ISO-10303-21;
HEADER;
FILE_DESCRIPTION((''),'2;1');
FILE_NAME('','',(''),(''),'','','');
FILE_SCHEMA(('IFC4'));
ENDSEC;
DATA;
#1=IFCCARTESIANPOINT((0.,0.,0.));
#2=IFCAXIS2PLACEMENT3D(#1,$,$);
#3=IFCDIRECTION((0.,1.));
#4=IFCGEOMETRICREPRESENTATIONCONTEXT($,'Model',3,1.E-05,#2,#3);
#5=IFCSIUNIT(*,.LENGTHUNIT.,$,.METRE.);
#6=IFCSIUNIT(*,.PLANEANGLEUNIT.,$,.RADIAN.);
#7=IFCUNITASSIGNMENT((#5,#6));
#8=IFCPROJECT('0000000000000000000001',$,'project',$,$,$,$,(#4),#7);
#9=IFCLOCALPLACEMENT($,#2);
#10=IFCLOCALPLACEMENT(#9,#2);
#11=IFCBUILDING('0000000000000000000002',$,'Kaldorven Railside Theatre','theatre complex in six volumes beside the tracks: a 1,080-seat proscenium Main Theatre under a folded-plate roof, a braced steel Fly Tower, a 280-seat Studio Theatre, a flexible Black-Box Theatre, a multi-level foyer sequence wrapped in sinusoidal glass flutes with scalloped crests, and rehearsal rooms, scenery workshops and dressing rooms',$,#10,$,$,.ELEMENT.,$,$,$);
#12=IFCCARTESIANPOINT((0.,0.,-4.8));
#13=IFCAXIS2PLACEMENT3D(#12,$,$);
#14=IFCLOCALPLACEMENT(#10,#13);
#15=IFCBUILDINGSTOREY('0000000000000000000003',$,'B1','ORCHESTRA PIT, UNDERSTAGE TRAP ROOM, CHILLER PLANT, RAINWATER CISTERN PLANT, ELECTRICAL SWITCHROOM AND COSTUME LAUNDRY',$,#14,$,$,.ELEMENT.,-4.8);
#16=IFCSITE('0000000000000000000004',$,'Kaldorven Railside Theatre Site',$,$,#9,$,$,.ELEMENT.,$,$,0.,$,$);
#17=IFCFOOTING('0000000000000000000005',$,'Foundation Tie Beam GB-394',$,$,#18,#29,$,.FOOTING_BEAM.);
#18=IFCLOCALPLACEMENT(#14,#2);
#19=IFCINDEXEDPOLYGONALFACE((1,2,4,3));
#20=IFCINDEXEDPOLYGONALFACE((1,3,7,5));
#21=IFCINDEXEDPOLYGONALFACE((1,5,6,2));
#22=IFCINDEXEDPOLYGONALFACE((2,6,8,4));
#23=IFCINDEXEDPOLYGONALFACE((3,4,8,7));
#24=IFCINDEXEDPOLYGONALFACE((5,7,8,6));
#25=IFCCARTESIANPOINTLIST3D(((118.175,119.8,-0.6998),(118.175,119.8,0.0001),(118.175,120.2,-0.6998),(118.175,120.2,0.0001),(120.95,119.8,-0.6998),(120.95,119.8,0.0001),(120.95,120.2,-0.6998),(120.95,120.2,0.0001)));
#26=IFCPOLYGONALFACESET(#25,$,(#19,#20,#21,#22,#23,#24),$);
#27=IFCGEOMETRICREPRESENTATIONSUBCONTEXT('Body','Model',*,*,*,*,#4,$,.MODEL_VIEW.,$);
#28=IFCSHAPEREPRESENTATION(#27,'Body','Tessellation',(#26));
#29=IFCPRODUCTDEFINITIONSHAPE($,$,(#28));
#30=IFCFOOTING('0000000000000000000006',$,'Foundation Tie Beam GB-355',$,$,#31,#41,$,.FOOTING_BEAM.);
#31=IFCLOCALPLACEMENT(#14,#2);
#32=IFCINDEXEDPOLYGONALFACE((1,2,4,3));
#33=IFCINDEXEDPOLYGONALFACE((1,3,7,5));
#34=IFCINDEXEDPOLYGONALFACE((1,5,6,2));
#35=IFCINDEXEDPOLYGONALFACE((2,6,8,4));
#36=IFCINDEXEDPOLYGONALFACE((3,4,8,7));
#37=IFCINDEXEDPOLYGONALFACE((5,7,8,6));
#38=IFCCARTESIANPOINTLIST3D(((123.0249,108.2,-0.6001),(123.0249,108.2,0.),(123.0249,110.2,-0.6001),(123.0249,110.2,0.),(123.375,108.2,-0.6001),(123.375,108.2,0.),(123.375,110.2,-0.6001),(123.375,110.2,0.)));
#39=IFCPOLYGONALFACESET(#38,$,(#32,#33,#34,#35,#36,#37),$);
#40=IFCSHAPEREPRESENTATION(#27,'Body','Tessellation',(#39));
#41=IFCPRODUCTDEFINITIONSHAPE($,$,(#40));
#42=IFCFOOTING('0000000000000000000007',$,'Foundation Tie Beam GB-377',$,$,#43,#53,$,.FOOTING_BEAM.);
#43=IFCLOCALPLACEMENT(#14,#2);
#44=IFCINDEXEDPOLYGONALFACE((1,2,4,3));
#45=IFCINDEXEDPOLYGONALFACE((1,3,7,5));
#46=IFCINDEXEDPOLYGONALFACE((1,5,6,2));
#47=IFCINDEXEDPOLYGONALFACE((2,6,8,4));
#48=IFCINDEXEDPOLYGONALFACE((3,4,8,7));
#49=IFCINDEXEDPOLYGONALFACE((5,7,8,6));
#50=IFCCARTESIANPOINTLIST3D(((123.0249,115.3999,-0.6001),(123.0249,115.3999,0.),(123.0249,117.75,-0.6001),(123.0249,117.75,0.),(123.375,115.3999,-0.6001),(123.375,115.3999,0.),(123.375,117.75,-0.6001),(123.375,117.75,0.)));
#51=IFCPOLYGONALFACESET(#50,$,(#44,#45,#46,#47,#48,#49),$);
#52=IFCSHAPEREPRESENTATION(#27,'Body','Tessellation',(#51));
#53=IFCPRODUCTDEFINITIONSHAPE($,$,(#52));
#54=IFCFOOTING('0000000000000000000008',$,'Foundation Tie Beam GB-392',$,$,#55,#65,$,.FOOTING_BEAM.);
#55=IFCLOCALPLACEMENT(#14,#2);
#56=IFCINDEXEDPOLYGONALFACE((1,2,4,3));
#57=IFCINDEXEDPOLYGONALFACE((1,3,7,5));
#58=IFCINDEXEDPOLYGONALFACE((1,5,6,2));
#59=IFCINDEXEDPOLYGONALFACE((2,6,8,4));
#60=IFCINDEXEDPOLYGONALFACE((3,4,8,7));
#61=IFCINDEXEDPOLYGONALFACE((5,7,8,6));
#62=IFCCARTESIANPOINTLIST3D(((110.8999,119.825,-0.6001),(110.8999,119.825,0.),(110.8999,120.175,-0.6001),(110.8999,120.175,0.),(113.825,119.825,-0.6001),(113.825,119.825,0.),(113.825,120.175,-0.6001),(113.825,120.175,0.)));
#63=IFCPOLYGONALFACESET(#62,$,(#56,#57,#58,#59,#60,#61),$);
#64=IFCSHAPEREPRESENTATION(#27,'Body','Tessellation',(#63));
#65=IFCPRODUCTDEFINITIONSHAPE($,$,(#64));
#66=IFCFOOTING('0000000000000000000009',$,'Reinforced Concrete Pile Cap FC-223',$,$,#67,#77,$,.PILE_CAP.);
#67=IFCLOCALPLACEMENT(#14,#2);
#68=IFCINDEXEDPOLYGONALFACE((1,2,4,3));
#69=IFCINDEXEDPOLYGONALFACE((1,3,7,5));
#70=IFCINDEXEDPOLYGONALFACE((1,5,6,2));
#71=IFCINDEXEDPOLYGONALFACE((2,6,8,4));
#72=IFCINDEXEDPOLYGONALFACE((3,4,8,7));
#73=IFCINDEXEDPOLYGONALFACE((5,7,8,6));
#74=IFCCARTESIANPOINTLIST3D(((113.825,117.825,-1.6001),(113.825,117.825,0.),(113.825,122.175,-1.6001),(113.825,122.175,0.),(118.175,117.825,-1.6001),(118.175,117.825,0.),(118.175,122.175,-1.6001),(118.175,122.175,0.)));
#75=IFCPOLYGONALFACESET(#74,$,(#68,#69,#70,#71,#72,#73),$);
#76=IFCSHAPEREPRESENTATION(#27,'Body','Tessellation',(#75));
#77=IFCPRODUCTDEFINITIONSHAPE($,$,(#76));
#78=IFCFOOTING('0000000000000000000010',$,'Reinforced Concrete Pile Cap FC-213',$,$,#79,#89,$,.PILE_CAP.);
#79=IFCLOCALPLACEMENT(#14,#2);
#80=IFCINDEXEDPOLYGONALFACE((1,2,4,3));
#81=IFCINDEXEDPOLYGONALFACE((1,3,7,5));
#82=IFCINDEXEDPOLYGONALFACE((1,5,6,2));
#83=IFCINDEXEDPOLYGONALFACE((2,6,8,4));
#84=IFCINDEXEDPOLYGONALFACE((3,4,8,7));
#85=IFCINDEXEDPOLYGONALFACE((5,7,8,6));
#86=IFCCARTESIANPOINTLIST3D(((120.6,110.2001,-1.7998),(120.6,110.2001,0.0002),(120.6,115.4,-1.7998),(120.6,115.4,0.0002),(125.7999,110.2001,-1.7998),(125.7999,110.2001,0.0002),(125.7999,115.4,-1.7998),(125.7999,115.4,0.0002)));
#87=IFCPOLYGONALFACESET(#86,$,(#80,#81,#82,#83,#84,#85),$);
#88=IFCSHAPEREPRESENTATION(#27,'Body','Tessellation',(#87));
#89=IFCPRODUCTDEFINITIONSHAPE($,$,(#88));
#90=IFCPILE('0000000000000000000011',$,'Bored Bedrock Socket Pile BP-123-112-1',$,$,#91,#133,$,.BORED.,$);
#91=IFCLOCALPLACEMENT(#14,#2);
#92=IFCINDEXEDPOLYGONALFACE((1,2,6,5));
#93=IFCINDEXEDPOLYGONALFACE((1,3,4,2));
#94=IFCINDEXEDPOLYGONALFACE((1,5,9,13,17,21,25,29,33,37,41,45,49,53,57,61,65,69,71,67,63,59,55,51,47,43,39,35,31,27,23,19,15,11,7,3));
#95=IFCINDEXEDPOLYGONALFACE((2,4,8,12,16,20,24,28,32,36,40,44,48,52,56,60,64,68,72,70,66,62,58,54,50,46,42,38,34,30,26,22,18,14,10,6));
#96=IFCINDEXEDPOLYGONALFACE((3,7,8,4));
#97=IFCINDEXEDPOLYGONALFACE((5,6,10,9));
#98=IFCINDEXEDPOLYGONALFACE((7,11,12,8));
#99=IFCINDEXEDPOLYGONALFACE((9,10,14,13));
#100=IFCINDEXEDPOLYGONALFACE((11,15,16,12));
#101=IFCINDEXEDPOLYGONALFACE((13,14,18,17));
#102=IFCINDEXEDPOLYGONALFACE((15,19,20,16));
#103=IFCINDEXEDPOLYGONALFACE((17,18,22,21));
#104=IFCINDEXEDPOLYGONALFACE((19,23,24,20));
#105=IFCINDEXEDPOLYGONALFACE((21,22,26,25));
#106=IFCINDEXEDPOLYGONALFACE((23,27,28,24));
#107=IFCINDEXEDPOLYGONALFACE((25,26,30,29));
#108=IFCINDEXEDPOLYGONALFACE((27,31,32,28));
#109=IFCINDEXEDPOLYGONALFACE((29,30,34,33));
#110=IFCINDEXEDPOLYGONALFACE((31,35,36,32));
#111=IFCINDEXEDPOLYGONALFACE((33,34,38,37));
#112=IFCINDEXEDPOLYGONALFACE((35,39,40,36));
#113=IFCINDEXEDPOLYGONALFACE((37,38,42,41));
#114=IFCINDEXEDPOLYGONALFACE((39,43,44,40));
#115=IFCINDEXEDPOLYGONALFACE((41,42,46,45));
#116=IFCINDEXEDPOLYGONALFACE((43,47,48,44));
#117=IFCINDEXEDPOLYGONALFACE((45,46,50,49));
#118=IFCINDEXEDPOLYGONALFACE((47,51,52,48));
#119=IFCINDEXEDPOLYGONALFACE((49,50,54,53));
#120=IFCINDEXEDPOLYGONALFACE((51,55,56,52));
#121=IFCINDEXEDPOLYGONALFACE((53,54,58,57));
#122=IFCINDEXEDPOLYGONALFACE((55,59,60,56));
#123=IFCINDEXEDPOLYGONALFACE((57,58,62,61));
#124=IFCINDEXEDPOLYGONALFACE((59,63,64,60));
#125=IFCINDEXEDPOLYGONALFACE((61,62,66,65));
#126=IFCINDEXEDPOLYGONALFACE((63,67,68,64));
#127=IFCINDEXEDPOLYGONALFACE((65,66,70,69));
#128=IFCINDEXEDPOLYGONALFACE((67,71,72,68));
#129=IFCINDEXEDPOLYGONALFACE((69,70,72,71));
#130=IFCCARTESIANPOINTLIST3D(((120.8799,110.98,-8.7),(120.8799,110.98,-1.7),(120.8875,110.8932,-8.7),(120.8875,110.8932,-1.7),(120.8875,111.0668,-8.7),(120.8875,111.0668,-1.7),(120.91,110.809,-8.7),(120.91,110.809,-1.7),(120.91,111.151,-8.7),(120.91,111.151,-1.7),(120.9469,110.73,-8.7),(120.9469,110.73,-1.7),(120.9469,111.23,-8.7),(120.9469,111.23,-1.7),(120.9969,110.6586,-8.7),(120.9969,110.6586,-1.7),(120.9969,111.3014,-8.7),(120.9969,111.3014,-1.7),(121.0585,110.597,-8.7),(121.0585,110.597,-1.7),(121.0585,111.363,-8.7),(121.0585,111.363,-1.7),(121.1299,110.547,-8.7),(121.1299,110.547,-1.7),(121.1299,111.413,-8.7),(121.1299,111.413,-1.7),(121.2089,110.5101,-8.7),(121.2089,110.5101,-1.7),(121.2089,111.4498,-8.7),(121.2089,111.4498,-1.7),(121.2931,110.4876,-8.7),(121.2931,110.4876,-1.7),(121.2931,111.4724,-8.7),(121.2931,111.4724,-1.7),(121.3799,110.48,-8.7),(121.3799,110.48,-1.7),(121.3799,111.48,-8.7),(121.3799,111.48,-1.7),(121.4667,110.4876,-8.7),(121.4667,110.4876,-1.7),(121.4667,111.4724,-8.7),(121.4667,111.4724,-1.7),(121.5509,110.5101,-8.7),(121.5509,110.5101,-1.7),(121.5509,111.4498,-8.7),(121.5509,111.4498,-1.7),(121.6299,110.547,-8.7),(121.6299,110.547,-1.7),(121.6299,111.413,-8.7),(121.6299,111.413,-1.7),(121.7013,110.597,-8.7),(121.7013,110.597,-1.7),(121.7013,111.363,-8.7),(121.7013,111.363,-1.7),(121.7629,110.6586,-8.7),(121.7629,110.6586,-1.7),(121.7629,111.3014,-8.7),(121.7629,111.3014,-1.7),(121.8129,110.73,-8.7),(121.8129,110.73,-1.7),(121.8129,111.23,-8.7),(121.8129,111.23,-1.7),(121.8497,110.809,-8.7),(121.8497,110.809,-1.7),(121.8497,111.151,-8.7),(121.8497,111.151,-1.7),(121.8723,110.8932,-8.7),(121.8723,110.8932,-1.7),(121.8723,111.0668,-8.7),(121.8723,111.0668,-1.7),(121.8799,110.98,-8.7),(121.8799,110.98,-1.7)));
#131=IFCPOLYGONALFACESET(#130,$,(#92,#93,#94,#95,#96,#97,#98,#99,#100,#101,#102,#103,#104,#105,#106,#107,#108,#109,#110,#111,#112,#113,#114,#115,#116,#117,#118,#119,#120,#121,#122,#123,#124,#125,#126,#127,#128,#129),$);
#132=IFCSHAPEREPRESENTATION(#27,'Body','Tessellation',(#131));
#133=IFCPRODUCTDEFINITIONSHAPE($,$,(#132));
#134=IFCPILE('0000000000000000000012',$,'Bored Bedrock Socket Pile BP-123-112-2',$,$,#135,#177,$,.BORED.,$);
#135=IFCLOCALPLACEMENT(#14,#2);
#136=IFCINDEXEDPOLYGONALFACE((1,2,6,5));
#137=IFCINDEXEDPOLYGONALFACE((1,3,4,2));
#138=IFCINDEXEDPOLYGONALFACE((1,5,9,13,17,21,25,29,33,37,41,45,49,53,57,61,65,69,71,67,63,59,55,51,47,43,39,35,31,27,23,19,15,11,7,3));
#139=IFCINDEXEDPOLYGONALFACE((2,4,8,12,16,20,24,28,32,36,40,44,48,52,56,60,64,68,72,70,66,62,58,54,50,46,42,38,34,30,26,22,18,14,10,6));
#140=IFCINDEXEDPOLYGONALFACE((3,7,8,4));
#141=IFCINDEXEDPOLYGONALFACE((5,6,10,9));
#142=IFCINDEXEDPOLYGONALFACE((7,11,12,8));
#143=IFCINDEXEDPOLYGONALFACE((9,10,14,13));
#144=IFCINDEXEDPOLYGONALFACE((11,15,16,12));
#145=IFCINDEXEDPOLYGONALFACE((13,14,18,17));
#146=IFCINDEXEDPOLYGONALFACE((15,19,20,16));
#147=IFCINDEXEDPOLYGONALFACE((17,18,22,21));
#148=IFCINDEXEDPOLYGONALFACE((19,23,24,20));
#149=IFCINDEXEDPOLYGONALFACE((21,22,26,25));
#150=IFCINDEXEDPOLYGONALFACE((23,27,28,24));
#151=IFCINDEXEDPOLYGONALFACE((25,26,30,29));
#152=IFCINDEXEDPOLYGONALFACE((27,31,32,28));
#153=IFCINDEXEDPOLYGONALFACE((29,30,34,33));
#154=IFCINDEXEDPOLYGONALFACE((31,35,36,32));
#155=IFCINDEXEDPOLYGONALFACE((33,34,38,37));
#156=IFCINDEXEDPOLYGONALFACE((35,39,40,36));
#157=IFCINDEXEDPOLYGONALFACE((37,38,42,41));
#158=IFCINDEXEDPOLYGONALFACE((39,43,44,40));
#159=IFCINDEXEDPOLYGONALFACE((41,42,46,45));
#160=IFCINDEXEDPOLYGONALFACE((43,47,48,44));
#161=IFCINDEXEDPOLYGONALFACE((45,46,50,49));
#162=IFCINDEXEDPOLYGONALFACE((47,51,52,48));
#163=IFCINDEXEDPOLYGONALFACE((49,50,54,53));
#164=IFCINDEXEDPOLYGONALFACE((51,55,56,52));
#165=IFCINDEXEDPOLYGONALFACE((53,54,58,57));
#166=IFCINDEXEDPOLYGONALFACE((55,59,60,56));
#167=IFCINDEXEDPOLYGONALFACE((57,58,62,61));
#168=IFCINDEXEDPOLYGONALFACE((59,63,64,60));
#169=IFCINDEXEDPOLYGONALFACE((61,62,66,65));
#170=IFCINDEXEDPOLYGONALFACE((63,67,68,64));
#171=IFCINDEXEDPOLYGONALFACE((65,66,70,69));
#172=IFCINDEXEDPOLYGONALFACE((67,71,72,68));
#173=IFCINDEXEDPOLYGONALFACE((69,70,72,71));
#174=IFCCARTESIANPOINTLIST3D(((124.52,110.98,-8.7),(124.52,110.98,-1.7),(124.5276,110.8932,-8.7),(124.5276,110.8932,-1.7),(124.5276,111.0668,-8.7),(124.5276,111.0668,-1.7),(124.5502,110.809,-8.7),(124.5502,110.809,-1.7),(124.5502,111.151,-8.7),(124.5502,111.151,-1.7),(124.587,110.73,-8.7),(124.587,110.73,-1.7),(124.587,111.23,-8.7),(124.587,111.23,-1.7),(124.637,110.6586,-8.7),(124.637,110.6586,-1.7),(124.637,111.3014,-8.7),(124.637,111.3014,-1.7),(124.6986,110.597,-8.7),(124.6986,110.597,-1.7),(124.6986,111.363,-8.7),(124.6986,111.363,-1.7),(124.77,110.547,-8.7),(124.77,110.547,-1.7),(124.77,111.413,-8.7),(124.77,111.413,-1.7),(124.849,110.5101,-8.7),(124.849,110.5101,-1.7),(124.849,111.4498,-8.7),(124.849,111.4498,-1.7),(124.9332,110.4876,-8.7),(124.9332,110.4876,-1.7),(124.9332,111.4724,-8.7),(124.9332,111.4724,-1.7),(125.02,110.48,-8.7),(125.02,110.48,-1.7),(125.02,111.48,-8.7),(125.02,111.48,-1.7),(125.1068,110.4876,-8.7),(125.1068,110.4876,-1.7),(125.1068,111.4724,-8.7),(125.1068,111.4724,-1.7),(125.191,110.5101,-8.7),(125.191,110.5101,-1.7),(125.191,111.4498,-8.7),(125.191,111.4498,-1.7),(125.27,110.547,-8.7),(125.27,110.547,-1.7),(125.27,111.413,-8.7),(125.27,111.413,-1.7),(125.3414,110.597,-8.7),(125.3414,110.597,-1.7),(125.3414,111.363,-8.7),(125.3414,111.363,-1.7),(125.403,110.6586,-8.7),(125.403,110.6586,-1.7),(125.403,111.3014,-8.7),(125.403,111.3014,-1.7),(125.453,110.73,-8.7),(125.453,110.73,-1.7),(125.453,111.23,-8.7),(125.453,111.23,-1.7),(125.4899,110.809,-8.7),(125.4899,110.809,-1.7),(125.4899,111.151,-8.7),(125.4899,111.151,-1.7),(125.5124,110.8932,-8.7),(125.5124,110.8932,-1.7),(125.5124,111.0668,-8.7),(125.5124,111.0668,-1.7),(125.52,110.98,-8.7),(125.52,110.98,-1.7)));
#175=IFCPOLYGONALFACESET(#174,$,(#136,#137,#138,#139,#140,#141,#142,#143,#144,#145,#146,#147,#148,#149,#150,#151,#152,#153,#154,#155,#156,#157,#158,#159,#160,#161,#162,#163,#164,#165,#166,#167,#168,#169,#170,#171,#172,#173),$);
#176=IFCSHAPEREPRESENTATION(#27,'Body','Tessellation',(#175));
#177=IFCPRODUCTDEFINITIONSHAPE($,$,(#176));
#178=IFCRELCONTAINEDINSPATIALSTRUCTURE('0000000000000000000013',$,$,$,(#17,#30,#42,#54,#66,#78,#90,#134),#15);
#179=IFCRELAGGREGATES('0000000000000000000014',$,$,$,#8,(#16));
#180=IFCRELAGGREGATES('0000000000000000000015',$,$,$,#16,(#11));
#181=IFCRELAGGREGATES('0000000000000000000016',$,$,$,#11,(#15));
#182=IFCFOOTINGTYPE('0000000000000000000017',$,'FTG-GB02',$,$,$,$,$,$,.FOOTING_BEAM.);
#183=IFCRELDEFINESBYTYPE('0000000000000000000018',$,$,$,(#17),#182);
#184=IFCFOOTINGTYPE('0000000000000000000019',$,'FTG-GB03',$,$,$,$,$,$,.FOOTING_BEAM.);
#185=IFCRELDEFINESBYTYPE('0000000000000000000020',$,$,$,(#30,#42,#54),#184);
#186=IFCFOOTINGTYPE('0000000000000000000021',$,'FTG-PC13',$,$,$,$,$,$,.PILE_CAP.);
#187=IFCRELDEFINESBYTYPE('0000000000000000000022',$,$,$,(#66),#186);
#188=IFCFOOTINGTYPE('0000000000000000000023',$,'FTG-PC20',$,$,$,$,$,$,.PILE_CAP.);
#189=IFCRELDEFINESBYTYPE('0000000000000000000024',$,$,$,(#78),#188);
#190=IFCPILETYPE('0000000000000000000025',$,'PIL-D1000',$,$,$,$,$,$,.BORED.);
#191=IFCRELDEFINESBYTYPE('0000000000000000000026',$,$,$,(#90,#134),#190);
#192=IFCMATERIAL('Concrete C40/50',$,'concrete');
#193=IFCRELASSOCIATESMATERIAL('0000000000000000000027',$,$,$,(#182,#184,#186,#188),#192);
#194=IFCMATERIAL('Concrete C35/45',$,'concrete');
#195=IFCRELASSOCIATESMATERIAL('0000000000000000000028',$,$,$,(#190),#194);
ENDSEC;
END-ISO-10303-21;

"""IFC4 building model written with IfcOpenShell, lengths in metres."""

from ifc_helpers import new_model, si_unit, direction, frame, origin, origin_2d, place, context, subcontext, project, spatial, rectangle, circle, extrude, material, material_profile, profile_set, type_object, element, save


model = new_model("IFC4")

# Units and contexts
model_context = context("Model", 3, precision=1e-05, world=origin(), true_north=direction((0.0, 1.0)))
body_context = subcontext(model_context, "Body", "Model", "MODEL_VIEW")
ifc_project = project(units=[si_unit("LENGTHUNIT", "METRE"), si_unit("PLANEANGLEUNIT", "RADIAN")], contexts=[model_context])

# Site, building, storey
site_placement = place(None, origin())
site = spatial("IfcSite", under=ifc_project, at=site_placement, Name="Kaldorven Railside Theatre Site", CompositionType="ELEMENT", RefElevation=0.0)
building_placement = place(site_placement, origin())
building = spatial("IfcBuilding", under=site, at=building_placement, Name="Kaldorven Railside Theatre", Description="theatre complex in six volumes beside the tracks: a 1,080-seat proscenium Main Theatre under a folded-plate roof, a braced steel Fly Tower, a 280-seat Studio Theatre, a flexible Black-Box Theatre, a multi-level foyer sequence wrapped in sinusoidal glass flutes with scalloped crests, and rehearsal rooms, scenery workshops and dressing rooms", CompositionType="ELEMENT")
storey_placement = place(building_placement, frame((0.0, 0.0, -4.8)))
storey = spatial("IfcBuildingStorey", under=building, at=storey_placement, Name="B1", Description="ORCHESTRA PIT, UNDERSTAGE TRAP ROOM, CHILLER PLANT, RAINWATER CISTERN PLANT, ELECTRICAL SWITCHROOM AND COSTUME LAUNDRY", CompositionType="ELEMENT", Elevation=-4.8)

# Footings
ifc_material_1 = material(Name="Concrete C40/50", Category="concrete")
ifc_material_profile_1 = material_profile(ifc_material_1, rectangle(XDim=0.3999, YDim=0.7, at=origin_2d()), Name="RC 400x700")
ifc_profile_set_1 = profile_set([ifc_material_profile_1], Name="Concrete C40/50")
footing_type_1 = type_object("IfcFootingType", Name="FTG-GB02", PredefinedType="FOOTING_BEAM", material=ifc_profile_set_1)
footing_1_placement = place(storey_placement, frame((118.175, 120.0, -0.3499), z_axis=(1.0, 0.0, 0.0), x_axis=(0.0, 1.0, 0.0)))
element("IfcFooting", 1, at=footing_1_placement, inside=storey, type_object=footing_type_1, Name="Foundation Tie Beam GB-394", PredefinedType="FOOTING_BEAM", context=body_context, shape_type="SweptSolid", body=[
    extrude(rectangle(XDim=0.3999, YDim=0.7, at=origin_2d()), origin(), (0.0, 0.0, 1.0), 2.7749),
])
ifc_material_profile_2 = material_profile(ifc_material_1, rectangle(XDim=0.3501, YDim=0.6001, at=origin_2d()), Name="RC 350x600")
ifc_profile_set_2 = profile_set([ifc_material_profile_2], Name="Concrete C40/50")
footing_type_2 = type_object("IfcFootingType", Name="FTG-GB03", PredefinedType="FOOTING_BEAM", material=ifc_profile_set_2)
footing_2_placement = place(storey_placement, frame((123.2, 108.2, -0.3), z_axis=(0.0, 1.0, 0.0), x_axis=(-1.0, 0.0, 0.0)))
element("IfcFooting", 2, at=footing_2_placement, inside=storey, type_object=footing_type_2, Name="Foundation Tie Beam GB-355", PredefinedType="FOOTING_BEAM", context=body_context, shape_type="SweptSolid", body=[
    extrude(rectangle(XDim=0.3501, YDim=0.6001, at=origin_2d()), origin(), (0.0, 0.0, 1.0), 2.0),
])
footing_3_placement = place(storey_placement, frame((123.2, 115.3999, -0.3), z_axis=(0.0, 1.0, 0.0), x_axis=(-1.0, 0.0, 0.0)))
element("IfcFooting", 3, at=footing_3_placement, inside=storey, type_object=footing_type_2, Name="Foundation Tie Beam GB-377", PredefinedType="FOOTING_BEAM", context=body_context, shape_type="SweptSolid", body=[
    extrude(rectangle(XDim=0.3501, YDim=0.6001, at=origin_2d()), origin(), (0.0, 0.0, 1.0), 2.3501),
])
footing_4_placement = place(storey_placement, frame((110.8999, 120.0, -0.3), z_axis=(1.0, 0.0, 0.0), x_axis=(0.0, 1.0, 0.0)))
element("IfcFooting", 4, at=footing_4_placement, inside=storey, type_object=footing_type_2, Name="Foundation Tie Beam GB-392", PredefinedType="FOOTING_BEAM", context=body_context, shape_type="SweptSolid", body=[
    extrude(rectangle(XDim=0.3501, YDim=0.6001, at=origin_2d()), origin(), (0.0, 0.0, 1.0), 2.925),
])
footing_type_3 = type_object("IfcFootingType", Name="FTG-PC13", PredefinedType="PILE_CAP", material=ifc_material_1)
footing_5_placement = place(storey_placement, frame((116.0, 120.0, -1.6001), z_axis=(0.0, 0.0, 1.0), x_axis=(1.0, 0.0, 0.0)))
element("IfcFooting", 5, at=footing_5_placement, inside=storey, type_object=footing_type_3, Name="Reinforced Concrete Pile Cap FC-223", PredefinedType="PILE_CAP", context=body_context, shape_type="SweptSolid", body=[
    extrude(rectangle(XDim=4.3501, YDim=4.3501, at=origin_2d()), origin(), (0.0, 0.0, 1.0), 1.6001),
])
footing_type_4 = type_object("IfcFootingType", Name="FTG-PC20", PredefinedType="PILE_CAP", material=ifc_material_1)
footing_6_placement = place(storey_placement, frame((123.2, 112.8, -1.7998), z_axis=(0.0, 0.0, 1.0), x_axis=(1.0, 0.0, 0.0)))
element("IfcFooting", 6, at=footing_6_placement, inside=storey, type_object=footing_type_4, Name="Reinforced Concrete Pile Cap FC-213", PredefinedType="PILE_CAP", context=body_context, shape_type="SweptSolid", body=[
    extrude(rectangle(XDim=5.2, YDim=5.2, at=origin_2d()), origin(), (0.0, 0.0, 1.0), 1.8),
])

# Piles
ifc_material_2 = material(Name="Concrete C35/45", Category="concrete")
ifc_material_profile_3 = material_profile(ifc_material_2, circle(Radius=0.5, at=origin_2d()), Name="BP D1000")
ifc_profile_set_3 = profile_set([ifc_material_profile_3], Name="Concrete C35/45")
pile_type_1 = type_object("IfcPileType", Name="PIL-D1000", PredefinedType="BORED", material=ifc_profile_set_3)
for number, where, z_axis, x_axis, name in (
    (7, (121.3799, 110.98, -1.7), (0.0, 0.0, -1.0), (1.0, 0.0, 0.0), "Bored Bedrock Socket Pile BP-123-112-1"),
    (8, (125.02, 110.98, -1.7), (0.0, 0.0, -1.0), (1.0, 0.0, 0.0), "Bored Bedrock Socket Pile BP-123-112-2"),
):
    element("IfcPile", number, at=place(storey_placement, frame(where, z_axis=z_axis, x_axis=x_axis)), inside=storey, type_object=pile_type_1, Name=name, PredefinedType="BORED", context=body_context, shape_type="SweptSolid", body=[
        extrude(circle(Radius=0.5, at=origin_2d()), origin(), (0.0, 0.0, 1.0), 7.0),
    ])

save(model, "model.ifc")
